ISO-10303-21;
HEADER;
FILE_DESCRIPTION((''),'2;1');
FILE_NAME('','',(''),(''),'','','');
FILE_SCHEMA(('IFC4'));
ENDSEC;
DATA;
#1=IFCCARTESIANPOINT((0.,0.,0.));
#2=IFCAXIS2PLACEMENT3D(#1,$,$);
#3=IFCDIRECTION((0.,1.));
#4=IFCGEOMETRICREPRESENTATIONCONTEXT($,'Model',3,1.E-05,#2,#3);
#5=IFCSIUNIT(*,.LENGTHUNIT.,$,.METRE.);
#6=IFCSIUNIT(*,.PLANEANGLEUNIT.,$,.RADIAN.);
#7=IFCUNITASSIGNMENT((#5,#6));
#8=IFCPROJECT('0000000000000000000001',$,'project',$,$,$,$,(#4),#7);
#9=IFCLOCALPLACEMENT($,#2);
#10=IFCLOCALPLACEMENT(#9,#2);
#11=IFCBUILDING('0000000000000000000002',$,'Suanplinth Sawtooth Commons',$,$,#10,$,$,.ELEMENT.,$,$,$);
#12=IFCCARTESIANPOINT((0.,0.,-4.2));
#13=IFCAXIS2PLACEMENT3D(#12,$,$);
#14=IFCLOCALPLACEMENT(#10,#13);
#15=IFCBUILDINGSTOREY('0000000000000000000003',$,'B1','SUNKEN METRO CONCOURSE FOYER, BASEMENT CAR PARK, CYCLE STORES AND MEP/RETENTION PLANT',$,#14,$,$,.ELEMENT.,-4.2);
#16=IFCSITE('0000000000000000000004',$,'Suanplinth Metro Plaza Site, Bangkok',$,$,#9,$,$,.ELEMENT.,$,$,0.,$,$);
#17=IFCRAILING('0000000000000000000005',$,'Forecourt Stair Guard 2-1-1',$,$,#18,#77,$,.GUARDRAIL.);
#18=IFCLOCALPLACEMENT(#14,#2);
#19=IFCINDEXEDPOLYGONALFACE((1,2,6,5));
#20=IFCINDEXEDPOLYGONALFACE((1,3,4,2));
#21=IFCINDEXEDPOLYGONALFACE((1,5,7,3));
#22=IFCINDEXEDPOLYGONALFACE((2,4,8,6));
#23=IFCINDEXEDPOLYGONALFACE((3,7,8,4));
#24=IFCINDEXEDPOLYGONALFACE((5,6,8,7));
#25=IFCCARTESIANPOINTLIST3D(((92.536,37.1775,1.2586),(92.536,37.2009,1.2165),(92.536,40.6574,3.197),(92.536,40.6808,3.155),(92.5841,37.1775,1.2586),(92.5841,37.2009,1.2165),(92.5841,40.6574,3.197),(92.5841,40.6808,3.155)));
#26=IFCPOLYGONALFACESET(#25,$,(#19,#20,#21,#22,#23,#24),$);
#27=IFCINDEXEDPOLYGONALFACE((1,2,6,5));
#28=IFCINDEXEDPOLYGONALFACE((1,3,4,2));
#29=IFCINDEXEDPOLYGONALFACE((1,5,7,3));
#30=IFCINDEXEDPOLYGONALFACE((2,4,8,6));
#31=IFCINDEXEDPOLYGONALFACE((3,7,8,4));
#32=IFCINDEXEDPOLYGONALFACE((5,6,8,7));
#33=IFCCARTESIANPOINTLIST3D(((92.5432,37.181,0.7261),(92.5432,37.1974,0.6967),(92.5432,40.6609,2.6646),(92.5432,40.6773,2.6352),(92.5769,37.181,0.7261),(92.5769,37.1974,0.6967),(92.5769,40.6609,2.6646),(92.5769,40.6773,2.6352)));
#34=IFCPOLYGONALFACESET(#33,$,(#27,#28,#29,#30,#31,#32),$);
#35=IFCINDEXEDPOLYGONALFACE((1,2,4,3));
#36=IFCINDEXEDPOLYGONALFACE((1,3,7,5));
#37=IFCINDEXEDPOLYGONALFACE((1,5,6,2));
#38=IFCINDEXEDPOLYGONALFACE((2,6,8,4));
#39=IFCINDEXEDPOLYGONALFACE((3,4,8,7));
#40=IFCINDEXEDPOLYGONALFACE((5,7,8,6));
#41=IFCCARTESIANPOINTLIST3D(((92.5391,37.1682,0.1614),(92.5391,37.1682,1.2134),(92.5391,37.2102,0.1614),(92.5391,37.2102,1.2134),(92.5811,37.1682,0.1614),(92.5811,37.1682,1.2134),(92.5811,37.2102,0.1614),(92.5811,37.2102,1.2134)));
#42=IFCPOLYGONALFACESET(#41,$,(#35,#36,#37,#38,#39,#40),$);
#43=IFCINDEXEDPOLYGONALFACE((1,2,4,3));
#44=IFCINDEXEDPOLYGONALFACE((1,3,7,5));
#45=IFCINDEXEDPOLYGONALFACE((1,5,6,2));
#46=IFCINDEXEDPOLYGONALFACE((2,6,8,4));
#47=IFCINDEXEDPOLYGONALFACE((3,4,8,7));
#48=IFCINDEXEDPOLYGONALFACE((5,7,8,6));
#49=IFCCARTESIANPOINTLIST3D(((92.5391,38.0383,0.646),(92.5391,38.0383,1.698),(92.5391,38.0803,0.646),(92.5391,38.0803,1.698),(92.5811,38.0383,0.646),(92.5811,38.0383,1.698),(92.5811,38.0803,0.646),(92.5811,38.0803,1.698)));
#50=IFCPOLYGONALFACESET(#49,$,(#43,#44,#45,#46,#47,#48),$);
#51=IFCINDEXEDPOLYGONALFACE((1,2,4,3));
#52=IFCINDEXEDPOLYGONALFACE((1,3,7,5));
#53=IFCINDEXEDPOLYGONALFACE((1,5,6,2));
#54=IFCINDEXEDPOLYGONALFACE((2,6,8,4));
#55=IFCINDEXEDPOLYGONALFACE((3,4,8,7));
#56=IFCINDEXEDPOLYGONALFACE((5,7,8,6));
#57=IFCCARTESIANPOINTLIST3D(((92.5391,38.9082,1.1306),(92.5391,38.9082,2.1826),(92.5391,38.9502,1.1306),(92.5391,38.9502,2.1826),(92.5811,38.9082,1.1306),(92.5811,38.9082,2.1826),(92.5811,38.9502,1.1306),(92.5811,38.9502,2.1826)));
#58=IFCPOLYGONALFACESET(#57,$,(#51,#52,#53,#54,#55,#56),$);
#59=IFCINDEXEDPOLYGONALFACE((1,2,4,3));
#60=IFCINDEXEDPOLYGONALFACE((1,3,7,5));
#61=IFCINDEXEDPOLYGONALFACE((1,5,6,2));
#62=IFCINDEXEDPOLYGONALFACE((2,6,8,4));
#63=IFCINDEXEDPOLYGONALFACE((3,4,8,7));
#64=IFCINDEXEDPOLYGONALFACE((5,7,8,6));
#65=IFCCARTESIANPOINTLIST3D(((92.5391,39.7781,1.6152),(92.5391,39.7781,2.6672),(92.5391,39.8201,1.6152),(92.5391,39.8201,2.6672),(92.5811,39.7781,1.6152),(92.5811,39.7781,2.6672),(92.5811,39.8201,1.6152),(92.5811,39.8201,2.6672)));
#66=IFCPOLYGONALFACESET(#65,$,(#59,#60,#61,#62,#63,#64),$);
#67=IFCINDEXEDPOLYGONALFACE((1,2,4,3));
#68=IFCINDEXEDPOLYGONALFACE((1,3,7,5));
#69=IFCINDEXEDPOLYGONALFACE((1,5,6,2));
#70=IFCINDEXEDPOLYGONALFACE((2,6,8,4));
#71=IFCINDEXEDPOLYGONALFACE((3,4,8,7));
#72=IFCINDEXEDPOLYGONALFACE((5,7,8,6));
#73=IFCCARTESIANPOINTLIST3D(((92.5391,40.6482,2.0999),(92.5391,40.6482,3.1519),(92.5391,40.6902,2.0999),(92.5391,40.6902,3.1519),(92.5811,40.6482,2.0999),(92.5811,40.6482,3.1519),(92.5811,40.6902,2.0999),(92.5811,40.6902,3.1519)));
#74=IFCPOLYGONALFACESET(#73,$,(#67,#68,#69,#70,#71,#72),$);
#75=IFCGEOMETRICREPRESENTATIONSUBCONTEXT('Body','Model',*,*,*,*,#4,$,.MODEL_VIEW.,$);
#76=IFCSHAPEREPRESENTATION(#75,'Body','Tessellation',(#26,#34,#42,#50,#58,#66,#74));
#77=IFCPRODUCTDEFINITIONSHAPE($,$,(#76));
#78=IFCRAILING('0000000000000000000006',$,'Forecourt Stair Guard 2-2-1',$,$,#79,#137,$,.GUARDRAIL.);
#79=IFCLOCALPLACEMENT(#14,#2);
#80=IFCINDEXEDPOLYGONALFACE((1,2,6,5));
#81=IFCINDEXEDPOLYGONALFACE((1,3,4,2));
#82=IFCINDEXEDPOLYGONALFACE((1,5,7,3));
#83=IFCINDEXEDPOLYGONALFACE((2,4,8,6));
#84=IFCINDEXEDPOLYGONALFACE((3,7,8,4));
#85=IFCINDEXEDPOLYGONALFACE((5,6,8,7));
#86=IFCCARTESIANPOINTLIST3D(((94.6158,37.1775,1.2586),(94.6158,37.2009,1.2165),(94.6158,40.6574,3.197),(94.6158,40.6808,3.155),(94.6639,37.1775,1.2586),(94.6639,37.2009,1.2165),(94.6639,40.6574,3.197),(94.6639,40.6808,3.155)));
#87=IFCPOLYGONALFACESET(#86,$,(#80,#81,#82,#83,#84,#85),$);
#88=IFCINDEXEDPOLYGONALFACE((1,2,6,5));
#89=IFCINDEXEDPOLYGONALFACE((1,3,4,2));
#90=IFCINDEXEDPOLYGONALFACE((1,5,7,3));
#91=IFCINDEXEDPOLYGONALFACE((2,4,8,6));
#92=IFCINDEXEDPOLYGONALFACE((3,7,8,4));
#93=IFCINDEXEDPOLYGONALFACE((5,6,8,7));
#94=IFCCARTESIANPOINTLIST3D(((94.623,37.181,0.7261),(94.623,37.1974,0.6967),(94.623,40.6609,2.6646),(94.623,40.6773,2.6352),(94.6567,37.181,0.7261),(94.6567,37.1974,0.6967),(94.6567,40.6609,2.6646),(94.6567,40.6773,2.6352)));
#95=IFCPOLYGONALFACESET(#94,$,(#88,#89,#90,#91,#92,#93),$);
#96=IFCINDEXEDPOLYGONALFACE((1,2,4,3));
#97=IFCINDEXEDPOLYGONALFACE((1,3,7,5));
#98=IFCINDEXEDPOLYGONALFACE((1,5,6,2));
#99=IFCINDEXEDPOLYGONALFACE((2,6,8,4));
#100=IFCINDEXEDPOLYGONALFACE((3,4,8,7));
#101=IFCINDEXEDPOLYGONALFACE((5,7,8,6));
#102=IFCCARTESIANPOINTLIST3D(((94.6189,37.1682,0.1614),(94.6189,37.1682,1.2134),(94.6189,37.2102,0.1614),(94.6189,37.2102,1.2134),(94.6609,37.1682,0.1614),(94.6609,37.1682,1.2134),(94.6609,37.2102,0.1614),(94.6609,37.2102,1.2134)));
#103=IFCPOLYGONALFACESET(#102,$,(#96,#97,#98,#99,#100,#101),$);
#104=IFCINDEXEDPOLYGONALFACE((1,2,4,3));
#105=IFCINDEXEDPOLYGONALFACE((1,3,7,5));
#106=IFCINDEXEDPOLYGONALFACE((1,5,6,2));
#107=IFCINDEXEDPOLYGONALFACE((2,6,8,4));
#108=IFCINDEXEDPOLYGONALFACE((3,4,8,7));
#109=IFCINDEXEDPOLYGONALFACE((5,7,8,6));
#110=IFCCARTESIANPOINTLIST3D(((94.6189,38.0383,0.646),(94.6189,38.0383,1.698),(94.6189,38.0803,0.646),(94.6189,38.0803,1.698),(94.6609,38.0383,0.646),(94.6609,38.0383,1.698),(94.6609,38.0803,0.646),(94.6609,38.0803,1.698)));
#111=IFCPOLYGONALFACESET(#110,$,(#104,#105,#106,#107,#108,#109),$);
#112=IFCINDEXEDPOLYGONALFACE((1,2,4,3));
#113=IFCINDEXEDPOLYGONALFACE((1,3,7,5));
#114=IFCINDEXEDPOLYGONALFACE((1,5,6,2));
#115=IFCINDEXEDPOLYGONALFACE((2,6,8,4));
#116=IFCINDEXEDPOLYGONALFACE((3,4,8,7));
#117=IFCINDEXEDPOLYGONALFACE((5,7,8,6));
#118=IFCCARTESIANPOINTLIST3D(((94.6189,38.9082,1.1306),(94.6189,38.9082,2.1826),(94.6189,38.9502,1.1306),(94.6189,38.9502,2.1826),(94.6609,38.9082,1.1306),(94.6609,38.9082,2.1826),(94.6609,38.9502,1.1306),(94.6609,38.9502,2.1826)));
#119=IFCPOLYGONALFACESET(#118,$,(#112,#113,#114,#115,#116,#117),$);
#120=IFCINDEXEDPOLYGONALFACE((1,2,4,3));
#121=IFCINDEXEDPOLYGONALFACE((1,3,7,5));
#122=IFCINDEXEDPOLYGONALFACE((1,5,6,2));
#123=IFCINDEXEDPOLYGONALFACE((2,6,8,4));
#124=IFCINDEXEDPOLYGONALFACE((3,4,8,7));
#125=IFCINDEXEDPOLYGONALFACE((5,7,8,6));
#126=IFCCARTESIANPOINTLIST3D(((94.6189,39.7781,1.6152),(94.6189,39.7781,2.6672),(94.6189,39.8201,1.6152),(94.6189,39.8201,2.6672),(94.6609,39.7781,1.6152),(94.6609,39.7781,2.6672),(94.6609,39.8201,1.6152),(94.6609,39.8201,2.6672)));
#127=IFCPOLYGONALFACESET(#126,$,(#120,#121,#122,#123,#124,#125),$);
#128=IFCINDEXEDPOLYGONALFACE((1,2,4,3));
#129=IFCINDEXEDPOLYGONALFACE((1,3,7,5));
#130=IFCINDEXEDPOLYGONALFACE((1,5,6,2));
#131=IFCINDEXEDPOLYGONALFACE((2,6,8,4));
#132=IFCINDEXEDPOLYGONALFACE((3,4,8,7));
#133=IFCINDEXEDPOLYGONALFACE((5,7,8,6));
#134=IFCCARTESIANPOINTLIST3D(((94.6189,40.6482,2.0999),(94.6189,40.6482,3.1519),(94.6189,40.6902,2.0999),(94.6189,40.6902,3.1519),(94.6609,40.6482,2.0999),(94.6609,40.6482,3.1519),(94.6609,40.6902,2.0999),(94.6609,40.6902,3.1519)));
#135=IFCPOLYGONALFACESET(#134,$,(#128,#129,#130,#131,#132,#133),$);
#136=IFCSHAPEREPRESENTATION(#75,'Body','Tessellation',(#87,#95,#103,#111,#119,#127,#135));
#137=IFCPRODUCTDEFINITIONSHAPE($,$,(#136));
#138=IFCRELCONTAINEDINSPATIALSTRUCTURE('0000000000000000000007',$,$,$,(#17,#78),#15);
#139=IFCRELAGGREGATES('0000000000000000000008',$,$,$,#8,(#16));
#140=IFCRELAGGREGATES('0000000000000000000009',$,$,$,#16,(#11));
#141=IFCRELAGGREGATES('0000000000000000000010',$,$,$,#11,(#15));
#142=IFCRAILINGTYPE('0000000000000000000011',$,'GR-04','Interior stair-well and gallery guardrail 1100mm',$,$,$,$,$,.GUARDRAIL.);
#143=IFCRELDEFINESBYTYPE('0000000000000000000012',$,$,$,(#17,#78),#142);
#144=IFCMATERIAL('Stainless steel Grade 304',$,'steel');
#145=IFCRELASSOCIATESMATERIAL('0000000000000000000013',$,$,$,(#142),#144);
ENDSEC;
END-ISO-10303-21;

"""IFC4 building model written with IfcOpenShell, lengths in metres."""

from ifc_helpers import new_model, si_unit, direction, frame, origin, origin_2d, place, context, subcontext, project, spatial, rectangle, extrude, material, type_object, element, save


model = new_model("IFC4")

# Units and contexts
model_context = context("Model", 3, precision=1e-05, world=origin(), true_north=direction((0.0, 1.0)))
body_context = subcontext(model_context, "Body", "Model", "MODEL_VIEW")
ifc_project = project(units=[si_unit("LENGTHUNIT", "METRE"), si_unit("PLANEANGLEUNIT", "RADIAN")], contexts=[model_context])

# Site, building, storey
site_placement = place(None, origin())
site = spatial("IfcSite", under=ifc_project, at=site_placement, Name="Suanplinth Metro Plaza Site, Bangkok", CompositionType="ELEMENT", RefElevation=0.0)
building_placement = place(site_placement, origin())
building = spatial("IfcBuilding", under=site, at=building_placement, Name="Suanplinth Sawtooth Commons", CompositionType="ELEMENT")
storey_placement = place(building_placement, frame((0.0, 0.0, -4.2)))
storey = spatial("IfcBuildingStorey", under=building, at=storey_placement, Name="B1", Description="SUNKEN METRO CONCOURSE FOYER, BASEMENT CAR PARK, CYCLE STORES AND MEP/RETENTION PLANT", CompositionType="ELEMENT", Elevation=-4.2)

# Railings
ifc_material_1 = material(Name="Stainless steel Grade 304", Category="steel")
railing_type_1 = type_object("IfcRailingType", Name="GR-04", Description="Interior stair-well and gallery guardrail 1100mm", PredefinedType="GUARDRAIL", material=ifc_material_1)
for number, where, name in (
    (1, (92.5601, 37.1892, 0.1614), "Forecourt Stair Guard 2-1-1"),
    (2, (94.6399, 37.1892, 0.1614), "Forecourt Stair Guard 2-2-1"),
):
    element("IfcRailing", number, at=place(storey_placement, frame(where)), inside=storey, type_object=railing_type_1, Name=name, PredefinedType="GUARDRAIL", context=body_context, shape_type="SweptSolid", body=[
        extrude(rectangle(XDim=0.0481, YDim=0.0481, at=origin_2d()), frame((0.0, 0.0, 1.0762), z_axis=(0.0, 0.873607, 0.486631), x_axis=(-1.0, 0.0, 0.0)), (0.0, 0.0, 1.0), 3.9834),
        extrude(rectangle(XDim=0.0337, YDim=0.0337, at=origin_2d()), frame((0.0, 0.0, 0.55), z_axis=(0.0, 0.873607, 0.486631), x_axis=(-1.0, 0.0, 0.0)), (0.0, 0.0, 1.0), 3.9834),
        extrude(rectangle(XDim=0.042, YDim=0.042, at=origin_2d()), origin(), (0.0, 0.0, 1.0), 1.052),
        extrude(rectangle(XDim=0.042, YDim=0.042, at=origin_2d()), frame((0.0, 0.8701, 0.4846)), (0.0, 0.0, 1.0), 1.052),
        extrude(rectangle(XDim=0.042, YDim=0.042, at=origin_2d()), frame((0.0, 1.74, 0.9692)), (0.0, 0.0, 1.0), 1.052),
        extrude(rectangle(XDim=0.042, YDim=0.042, at=origin_2d()), frame((0.0, 2.6099, 1.4539)), (0.0, 0.0, 1.0), 1.052),
        extrude(rectangle(XDim=0.042, YDim=0.042, at=origin_2d()), frame((0.0, 3.48, 1.9385)), (0.0, 0.0, 1.0), 1.052),
    ])

save(model, "model.ifc")
